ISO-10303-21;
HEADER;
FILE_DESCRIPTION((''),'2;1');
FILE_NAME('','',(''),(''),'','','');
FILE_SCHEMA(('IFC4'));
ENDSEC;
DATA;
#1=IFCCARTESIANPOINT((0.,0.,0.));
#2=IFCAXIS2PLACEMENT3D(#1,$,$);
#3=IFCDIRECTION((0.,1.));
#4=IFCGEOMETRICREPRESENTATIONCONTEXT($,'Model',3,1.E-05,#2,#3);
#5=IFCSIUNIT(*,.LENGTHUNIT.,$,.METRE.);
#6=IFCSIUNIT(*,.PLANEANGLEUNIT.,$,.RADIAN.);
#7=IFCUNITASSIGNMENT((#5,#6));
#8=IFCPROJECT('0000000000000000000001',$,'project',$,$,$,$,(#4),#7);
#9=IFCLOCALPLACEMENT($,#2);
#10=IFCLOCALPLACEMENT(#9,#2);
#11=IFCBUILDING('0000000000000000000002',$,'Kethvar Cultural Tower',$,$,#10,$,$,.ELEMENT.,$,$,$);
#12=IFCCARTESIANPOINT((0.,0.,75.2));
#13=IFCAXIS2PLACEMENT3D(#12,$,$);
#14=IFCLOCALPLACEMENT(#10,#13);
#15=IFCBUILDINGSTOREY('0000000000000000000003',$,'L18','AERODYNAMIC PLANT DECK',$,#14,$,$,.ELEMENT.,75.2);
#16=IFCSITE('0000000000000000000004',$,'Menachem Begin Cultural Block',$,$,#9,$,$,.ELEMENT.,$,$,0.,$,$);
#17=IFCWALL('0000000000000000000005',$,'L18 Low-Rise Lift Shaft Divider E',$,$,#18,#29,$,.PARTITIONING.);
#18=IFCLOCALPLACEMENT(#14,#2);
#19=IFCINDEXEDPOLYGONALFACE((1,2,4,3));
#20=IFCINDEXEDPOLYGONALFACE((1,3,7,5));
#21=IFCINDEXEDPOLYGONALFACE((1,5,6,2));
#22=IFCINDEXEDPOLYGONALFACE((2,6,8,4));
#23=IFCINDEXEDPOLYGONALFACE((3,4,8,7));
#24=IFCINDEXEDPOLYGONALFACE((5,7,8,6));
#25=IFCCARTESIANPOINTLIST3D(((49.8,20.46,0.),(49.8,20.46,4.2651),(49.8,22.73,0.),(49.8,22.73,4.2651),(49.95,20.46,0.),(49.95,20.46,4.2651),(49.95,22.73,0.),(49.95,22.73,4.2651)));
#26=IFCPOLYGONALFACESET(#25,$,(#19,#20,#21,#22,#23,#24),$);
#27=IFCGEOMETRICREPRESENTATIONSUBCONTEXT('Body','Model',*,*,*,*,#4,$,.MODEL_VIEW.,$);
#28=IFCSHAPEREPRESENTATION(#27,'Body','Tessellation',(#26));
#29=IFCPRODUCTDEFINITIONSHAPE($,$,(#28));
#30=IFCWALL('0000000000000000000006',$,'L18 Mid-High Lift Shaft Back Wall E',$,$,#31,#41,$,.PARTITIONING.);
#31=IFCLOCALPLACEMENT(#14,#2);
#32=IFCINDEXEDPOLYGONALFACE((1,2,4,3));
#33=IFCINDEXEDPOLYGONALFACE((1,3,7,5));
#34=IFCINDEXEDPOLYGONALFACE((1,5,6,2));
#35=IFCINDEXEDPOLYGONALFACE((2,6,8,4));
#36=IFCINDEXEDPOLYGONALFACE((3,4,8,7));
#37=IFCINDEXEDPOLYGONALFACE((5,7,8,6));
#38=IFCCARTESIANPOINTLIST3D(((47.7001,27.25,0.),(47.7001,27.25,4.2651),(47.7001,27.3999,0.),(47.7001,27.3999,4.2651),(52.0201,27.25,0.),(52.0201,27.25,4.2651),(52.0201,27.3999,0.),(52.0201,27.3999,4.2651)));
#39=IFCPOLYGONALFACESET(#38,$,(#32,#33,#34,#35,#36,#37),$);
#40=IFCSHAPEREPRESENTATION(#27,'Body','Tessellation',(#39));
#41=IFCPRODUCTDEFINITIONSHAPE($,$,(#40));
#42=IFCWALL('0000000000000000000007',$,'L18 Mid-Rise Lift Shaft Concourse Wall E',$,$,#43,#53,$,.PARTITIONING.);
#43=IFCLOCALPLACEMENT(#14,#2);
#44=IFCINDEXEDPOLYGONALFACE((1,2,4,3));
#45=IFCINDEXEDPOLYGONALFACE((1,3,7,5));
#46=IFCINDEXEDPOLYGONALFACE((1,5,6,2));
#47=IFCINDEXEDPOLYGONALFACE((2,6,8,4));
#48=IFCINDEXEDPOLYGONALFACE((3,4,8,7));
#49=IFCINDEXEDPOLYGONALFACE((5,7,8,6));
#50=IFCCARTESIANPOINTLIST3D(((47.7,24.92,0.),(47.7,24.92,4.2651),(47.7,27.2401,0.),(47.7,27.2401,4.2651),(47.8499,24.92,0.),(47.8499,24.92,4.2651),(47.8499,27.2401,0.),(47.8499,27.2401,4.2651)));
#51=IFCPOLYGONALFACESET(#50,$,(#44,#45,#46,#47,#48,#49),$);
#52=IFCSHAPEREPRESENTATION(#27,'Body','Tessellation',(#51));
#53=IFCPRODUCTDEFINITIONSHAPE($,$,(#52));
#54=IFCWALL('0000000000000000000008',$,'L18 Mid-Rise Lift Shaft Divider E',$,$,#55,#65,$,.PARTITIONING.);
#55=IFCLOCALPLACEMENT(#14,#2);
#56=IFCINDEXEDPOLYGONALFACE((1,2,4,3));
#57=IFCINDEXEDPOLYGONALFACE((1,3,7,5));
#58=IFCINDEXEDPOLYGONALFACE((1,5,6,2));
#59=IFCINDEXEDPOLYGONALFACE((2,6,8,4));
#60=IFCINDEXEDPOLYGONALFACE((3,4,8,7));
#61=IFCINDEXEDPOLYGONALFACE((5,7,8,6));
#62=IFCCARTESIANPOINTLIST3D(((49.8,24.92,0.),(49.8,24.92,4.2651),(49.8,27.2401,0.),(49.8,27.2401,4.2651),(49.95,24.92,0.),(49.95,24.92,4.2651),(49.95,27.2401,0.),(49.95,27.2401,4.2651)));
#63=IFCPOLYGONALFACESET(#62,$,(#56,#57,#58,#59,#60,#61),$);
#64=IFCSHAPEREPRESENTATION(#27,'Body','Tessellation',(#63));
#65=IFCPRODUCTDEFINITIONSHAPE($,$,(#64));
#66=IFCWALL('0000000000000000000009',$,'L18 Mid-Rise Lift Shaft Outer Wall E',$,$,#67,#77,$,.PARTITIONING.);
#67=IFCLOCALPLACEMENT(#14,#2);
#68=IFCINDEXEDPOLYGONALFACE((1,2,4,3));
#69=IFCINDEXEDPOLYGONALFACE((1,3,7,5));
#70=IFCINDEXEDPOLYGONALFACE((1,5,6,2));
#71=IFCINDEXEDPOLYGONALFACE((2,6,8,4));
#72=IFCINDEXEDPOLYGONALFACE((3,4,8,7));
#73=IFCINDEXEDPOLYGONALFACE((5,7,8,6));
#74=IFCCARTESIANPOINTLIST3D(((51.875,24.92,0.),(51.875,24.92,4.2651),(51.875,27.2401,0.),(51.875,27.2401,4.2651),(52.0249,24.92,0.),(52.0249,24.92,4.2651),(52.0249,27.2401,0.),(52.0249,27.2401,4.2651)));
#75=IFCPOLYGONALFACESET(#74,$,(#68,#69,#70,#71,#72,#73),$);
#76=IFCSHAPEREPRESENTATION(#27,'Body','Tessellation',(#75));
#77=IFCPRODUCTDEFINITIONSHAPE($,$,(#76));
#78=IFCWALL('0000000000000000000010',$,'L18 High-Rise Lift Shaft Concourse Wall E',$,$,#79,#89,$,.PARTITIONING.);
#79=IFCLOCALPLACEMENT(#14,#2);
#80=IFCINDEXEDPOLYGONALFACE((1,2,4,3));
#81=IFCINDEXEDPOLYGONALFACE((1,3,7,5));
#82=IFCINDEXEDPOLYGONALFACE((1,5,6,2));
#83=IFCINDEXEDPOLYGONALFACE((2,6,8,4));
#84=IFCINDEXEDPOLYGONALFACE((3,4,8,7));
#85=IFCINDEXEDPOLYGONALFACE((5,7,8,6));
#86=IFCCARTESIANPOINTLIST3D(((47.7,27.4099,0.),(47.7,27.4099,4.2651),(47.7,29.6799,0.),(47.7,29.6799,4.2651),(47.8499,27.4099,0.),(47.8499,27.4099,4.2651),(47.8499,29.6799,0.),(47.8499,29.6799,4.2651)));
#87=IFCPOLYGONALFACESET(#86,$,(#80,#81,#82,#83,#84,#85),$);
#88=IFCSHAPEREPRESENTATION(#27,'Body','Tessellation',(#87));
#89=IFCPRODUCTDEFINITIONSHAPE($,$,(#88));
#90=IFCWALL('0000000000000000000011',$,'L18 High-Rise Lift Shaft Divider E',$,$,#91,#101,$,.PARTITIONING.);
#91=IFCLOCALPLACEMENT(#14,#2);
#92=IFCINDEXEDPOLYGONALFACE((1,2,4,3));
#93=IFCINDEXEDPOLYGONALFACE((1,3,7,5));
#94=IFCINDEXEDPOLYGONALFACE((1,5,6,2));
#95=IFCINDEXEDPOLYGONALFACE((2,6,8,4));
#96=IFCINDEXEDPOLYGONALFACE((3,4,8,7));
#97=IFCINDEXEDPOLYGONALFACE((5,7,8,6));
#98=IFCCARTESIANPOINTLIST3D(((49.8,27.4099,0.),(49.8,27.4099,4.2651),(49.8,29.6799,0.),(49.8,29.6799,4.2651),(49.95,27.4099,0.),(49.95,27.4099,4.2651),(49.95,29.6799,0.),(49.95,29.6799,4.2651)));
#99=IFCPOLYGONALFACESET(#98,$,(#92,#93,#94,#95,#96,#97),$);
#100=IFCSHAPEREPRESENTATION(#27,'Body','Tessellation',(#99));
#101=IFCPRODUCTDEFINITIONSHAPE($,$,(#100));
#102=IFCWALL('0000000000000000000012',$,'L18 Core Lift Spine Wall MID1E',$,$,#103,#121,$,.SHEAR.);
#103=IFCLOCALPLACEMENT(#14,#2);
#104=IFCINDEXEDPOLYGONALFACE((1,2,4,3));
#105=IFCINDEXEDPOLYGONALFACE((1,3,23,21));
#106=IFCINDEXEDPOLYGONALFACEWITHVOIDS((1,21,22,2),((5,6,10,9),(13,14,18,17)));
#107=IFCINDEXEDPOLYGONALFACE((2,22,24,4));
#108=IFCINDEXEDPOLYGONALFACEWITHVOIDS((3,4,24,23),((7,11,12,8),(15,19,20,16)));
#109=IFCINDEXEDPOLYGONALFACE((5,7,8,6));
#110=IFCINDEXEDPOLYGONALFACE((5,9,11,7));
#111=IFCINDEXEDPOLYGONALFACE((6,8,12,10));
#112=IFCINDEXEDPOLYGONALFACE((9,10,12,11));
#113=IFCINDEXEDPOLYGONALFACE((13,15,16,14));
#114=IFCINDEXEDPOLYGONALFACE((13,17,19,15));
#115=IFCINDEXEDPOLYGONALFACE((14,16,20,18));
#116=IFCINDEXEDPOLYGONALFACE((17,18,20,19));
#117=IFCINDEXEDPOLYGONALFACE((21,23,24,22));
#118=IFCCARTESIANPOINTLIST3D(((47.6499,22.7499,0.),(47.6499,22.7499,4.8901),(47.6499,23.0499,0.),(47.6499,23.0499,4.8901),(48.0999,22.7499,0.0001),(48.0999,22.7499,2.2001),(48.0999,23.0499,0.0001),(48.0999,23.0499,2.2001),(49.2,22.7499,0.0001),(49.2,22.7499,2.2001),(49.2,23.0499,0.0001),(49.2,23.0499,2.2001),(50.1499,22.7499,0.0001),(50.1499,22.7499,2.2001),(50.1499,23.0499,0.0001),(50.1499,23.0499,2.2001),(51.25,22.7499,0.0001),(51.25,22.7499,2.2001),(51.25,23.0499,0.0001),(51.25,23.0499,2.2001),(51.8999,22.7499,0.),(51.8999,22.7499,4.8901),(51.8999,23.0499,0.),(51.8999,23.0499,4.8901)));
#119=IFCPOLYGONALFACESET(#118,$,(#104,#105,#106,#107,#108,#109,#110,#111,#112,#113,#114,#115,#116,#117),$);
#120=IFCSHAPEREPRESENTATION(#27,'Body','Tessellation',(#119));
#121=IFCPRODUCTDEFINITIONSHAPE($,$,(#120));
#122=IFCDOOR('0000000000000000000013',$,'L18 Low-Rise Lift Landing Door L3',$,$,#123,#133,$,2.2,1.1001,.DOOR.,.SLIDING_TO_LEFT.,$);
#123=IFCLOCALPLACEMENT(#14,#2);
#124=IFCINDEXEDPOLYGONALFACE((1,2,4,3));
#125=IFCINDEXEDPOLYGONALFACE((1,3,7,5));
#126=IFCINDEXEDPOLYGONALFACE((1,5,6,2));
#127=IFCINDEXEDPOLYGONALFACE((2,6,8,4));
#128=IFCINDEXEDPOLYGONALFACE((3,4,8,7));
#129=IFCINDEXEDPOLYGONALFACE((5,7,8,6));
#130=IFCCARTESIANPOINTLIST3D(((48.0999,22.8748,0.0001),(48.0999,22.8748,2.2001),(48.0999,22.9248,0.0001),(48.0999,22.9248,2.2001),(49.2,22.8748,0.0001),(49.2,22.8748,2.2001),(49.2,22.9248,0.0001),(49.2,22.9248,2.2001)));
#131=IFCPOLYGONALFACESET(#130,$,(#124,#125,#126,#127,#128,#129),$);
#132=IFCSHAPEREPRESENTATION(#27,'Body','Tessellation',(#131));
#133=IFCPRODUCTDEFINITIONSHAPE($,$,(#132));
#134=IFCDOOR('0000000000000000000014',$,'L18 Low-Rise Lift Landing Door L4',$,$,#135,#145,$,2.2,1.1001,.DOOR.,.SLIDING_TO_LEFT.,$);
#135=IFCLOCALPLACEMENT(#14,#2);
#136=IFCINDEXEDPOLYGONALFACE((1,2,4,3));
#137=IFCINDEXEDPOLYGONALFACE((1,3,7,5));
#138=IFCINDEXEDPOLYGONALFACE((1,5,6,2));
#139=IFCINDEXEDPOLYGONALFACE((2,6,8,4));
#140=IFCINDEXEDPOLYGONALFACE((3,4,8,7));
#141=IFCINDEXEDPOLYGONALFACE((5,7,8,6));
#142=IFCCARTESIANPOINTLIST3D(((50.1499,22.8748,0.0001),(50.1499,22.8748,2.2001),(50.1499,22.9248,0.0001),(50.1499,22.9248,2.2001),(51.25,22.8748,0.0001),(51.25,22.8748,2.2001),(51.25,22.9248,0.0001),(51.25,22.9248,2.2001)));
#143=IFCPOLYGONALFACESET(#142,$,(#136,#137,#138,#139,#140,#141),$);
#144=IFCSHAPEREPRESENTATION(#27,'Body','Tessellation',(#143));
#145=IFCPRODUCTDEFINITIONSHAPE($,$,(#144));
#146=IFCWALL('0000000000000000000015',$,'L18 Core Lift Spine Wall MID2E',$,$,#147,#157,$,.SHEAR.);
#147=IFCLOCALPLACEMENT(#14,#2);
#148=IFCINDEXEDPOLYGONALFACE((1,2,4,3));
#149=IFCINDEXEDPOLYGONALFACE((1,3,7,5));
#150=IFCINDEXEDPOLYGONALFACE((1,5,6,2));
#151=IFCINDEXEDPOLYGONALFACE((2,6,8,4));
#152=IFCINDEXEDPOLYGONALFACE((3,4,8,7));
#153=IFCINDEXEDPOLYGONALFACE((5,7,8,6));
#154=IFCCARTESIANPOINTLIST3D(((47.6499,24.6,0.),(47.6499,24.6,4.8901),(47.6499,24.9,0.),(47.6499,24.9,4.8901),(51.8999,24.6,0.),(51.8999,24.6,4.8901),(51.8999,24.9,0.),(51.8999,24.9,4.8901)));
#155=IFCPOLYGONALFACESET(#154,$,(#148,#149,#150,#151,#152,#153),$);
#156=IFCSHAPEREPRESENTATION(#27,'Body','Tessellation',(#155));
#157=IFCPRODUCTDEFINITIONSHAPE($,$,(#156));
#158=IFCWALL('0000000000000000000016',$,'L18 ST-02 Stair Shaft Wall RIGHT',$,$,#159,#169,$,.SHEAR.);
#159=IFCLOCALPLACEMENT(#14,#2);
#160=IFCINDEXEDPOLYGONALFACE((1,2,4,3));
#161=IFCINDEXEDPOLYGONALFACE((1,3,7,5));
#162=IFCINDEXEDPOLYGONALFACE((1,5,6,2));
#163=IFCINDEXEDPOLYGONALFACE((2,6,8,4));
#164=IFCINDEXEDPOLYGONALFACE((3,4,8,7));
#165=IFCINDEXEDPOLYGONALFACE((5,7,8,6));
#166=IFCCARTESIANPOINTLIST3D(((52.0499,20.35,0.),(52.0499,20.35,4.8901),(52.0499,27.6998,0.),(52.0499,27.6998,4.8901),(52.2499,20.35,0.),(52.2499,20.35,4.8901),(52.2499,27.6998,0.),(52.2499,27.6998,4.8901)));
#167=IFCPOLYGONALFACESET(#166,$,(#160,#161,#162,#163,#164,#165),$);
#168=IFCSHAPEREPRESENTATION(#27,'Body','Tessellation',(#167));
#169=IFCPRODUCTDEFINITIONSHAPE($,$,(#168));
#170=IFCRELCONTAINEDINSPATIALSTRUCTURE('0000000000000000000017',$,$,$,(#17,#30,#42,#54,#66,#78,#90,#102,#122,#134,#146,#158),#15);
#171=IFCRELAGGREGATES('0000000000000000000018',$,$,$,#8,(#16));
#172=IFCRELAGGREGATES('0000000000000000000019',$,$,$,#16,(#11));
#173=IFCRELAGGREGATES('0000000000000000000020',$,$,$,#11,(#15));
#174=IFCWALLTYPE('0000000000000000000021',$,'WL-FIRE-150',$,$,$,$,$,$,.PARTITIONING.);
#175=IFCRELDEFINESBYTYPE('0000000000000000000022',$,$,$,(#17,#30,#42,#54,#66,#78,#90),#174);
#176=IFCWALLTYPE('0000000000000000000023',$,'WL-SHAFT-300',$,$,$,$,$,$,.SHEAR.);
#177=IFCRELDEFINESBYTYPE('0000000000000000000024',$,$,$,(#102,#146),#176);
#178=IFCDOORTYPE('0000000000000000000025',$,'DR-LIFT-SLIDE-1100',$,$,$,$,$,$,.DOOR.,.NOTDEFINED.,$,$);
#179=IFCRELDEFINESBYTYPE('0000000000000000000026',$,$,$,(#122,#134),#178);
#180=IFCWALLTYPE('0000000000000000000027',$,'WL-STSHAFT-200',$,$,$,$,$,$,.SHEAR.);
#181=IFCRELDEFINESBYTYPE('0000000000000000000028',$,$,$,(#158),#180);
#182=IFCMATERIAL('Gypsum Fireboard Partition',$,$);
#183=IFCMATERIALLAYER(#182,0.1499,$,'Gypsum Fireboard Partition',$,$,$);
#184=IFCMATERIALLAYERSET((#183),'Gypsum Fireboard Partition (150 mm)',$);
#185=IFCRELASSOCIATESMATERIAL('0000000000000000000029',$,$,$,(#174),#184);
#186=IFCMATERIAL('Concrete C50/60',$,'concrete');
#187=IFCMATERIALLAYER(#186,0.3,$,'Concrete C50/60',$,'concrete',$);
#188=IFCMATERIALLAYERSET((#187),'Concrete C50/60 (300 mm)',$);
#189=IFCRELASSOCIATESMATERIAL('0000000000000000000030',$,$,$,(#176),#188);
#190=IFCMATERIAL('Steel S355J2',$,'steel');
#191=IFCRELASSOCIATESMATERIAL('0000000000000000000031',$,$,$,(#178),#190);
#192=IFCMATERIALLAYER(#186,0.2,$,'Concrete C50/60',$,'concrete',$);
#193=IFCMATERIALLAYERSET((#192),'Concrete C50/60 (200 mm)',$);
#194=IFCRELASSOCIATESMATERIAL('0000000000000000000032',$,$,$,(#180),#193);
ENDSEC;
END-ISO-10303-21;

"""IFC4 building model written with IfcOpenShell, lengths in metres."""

from ifc_helpers import new_model, si_unit, direction, frame, frame_2d, origin, place, context, subcontext, project, spatial, rectangle, extrude, source, transform, mapped, material, layer, layer_set, type_object, element, fill, save


model = new_model("IFC4")

# Units and contexts
model_context = context("Model", 3, precision=1e-05, world=origin(), true_north=direction((0.0, 1.0)))
body_context = subcontext(model_context, "Body", "Model", "MODEL_VIEW")
ifc_project = project(units=[si_unit("LENGTHUNIT", "METRE"), si_unit("PLANEANGLEUNIT", "RADIAN")], contexts=[model_context])

# Site, building, storey
site_placement = place(None, origin())
site = spatial("IfcSite", under=ifc_project, at=site_placement, Name="Menachem Begin Cultural Block", CompositionType="ELEMENT", RefElevation=0.0)
building_placement = place(site_placement, origin())
building = spatial("IfcBuilding", under=site, at=building_placement, Name="Kethvar Cultural Tower", CompositionType="ELEMENT")
storey_placement = place(building_placement, frame((0.0, 0.0, 75.2)))
storey = spatial("IfcBuildingStorey", under=building, at=storey_placement, Name="L18", Description="AERODYNAMIC PLANT DECK", CompositionType="ELEMENT", Elevation=75.2)

# Shared definitions
ifc_material_1 = material(Name="Steel S355J2", Category="steel")

# Walls
ifc_material_2 = material(Name="Gypsum Fireboard Partition")
ifc_layer_1 = layer(ifc_material_2, 0.1499, Name="Gypsum Fireboard Partition")
ifc_layer_set_1 = layer_set([ifc_layer_1], Name="Gypsum Fireboard Partition (150 mm)")
wall_type_1 = type_object("IfcWallType", Name="WL-FIRE-150", PredefinedType="PARTITIONING", material=ifc_layer_set_1)
wall_1_placement = place(storey_placement, frame((49.875, 20.46, 0.0), z_axis=(0.0, 0.0, 1.0), x_axis=(0.0, 1.0, 0.0)))
element("IfcWall", 1, at=wall_1_placement, inside=storey, type_object=wall_type_1, Name="L18 Low-Rise Lift Shaft Divider E", PredefinedType="PARTITIONING", context=body_context, shape_type="SweptSolid", body=[
    extrude(rectangle(XDim=2.27, YDim=0.1499, at=frame_2d((1.135, 0.0))), origin(), (0.0, 0.0, 1.0), 4.2651),
])
wall_2_placement = place(storey_placement, frame((47.7, 27.325, 0.0), z_axis=(0.0, 0.0, 1.0), x_axis=(1.0, 0.0, 0.0)))
element("IfcWall", 2, at=wall_2_placement, inside=storey, type_object=wall_type_1, Name="L18 Mid-High Lift Shaft Back Wall E", PredefinedType="PARTITIONING", context=body_context, shape_type="SweptSolid", body=[
    extrude(rectangle(XDim=4.3201, YDim=0.1499, at=frame_2d((2.1602, 0.0))), origin(), (0.0, 0.0, 1.0), 4.2651),
])
for number, where, z_axis, x_axis, name in (
    (3, (47.7749, 24.9199, 0.0), (0.0, 0.0, 1.0), (0.0, 1.0, 0.0), "L18 Mid-Rise Lift Shaft Concourse Wall E"),
    (4, (49.875, 24.9199, 0.0), (0.0, 0.0, 1.0), (0.0, 1.0, 0.0), "L18 Mid-Rise Lift Shaft Divider E"),
    (5, (51.95, 24.9199, 0.0), (0.0, 0.0, 1.0), (0.0, 1.0, 0.0), "L18 Mid-Rise Lift Shaft Outer Wall E"),
):
    element("IfcWall", number, at=place(storey_placement, frame(where, z_axis=z_axis, x_axis=x_axis)), inside=storey, type_object=wall_type_1, Name=name, PredefinedType="PARTITIONING", context=body_context, shape_type="SweptSolid", body=[
        extrude(rectangle(XDim=2.3201, YDim=0.1499, at=frame_2d((1.1602, 0.0))), origin(), (0.0, 0.0, 1.0), 4.2651),
    ])
for number, where, z_axis, x_axis, name in (
    (6, (47.7749, 27.4099, 0.0), (0.0, 0.0, 1.0), (0.0, 1.0, 0.0), "L18 High-Rise Lift Shaft Concourse Wall E"),
    (7, (49.875, 27.4099, 0.0), (0.0, 0.0, 1.0), (0.0, 1.0, 0.0), "L18 High-Rise Lift Shaft Divider E"),
):
    element("IfcWall", number, at=place(storey_placement, frame(where, z_axis=z_axis, x_axis=x_axis)), inside=storey, type_object=wall_type_1, Name=name, PredefinedType="PARTITIONING", context=body_context, shape_type="SweptSolid", body=[
        extrude(rectangle(XDim=2.27, YDim=0.1499, at=frame_2d((1.135, 0.0))), origin(), (0.0, 0.0, 1.0), 4.2651),
    ])

# Wall, openings, doors
ifc_material_3 = material(Name="Concrete C50/60", Category="concrete")
ifc_layer_2 = layer(ifc_material_3, 0.3, Name="Concrete C50/60", Category="concrete")
ifc_layer_set_2 = layer_set([ifc_layer_2], Name="Concrete C50/60 (300 mm)")
wall_type_2 = type_object("IfcWallType", Name="WL-SHAFT-300", PredefinedType="SHEAR", material=ifc_layer_set_2)
wall_3_placement = place(storey_placement, frame((47.6499, 22.8999, 0.0), z_axis=(0.0, 0.0, 1.0), x_axis=(1.0, 0.0, 0.0)))
wall_3 = element("IfcWall", 8, at=wall_3_placement, inside=storey, type_object=wall_type_2, Name="L18 Core Lift Spine Wall MID1E", PredefinedType="SHEAR", context=body_context, shape_type="SweptSolid", body=[
    extrude(rectangle(XDim=4.25, YDim=0.3, at=frame_2d((2.125, 0.0))), origin(), (0.0, 0.0, 1.0), 4.8901),
])
opening_1_placement = place(wall_3_placement, frame((0.45, 0.0, 0.0)))
opening_1 = element("IfcOpeningElement", 9, at=opening_1_placement, cuts=wall_3, PredefinedType="OPENING", context=body_context, shape_type="SweptSolid", body=[
    extrude(rectangle(XDim=1.1001, YDim=2.2, at=frame_2d((0.55, 1.1001))), frame((0.0, 0.1599, 0.0), z_axis=(0.0, -1.0, 0.0), x_axis=(1.0, 0.0, 0.0)), (0.0, 0.0, 1.0), 0.3201),
])
opening_2_placement = place(wall_3_placement, frame((2.5, 0.0, 0.0)))
opening_2 = element("IfcOpeningElement", 10, at=opening_2_placement, cuts=wall_3, PredefinedType="OPENING", context=body_context, shape_type="SweptSolid", body=[
    extrude(rectangle(XDim=1.1001, YDim=2.2, at=frame_2d((0.55, 1.1001))), frame((0.0, 0.1599, 0.0), z_axis=(0.0, -1.0, 0.0), x_axis=(1.0, 0.0, 0.0)), (0.0, 0.0, 1.0), 0.3201),
])
door_type = type_object("IfcDoorType", Name="DR-LIFT-SLIDE-1100", OperationType="NOTDEFINED", PredefinedType="DOOR", material=ifc_material_1)
shared_shape_1 = source(origin(), body_context, "Body", "SweptSolid", [
    extrude(rectangle(XDim=1.1001, YDim=2.2, at=frame_2d((0.55, 1.1001))), frame((0.0, 0.0249, 0.0), z_axis=(0.0, -1.0, 0.0), x_axis=(1.0, 0.0, 0.0)), (0.0, 0.0, 1.0), 0.05),
])
door_1_placement = place(opening_1_placement, origin())
door_1 = element("IfcDoor", 11, at=door_1_placement, inside=storey, type_object=door_type, Name="L18 Low-Rise Lift Landing Door L3", OperationType="SLIDING_TO_LEFT", OverallHeight=2.2, OverallWidth=1.1001, PredefinedType="DOOR", context=body_context, shape_type="MappedRepresentation", body=[
    mapped(shared_shape_1, transform((0.0, 0.0, 0.0), scale=1.0)),
])
fill(opening_1, door_1)
door_2_placement = place(opening_2_placement, origin())
door_2 = element("IfcDoor", 12, at=door_2_placement, inside=storey, type_object=door_type, Name="L18 Low-Rise Lift Landing Door L4", OperationType="SLIDING_TO_LEFT", OverallHeight=2.2, OverallWidth=1.1001, PredefinedType="DOOR", context=body_context, shape_type="MappedRepresentation", body=[
    mapped(shared_shape_1, transform((0.0, 0.0, 0.0), scale=1.0)),
])
fill(opening_2, door_2)

# Walls
wall_4_placement = place(storey_placement, frame((47.6499, 24.75, 0.0), z_axis=(0.0, 0.0, 1.0), x_axis=(1.0, 0.0, 0.0)))
element("IfcWall", 13, at=wall_4_placement, inside=storey, type_object=wall_type_2, Name="L18 Core Lift Spine Wall MID2E", PredefinedType="SHEAR", context=body_context, shape_type="SweptSolid", body=[
    extrude(rectangle(XDim=4.25, YDim=0.3, at=frame_2d((2.125, 0.0))), origin(), (0.0, 0.0, 1.0), 4.8901),
])
ifc_layer_3 = layer(ifc_material_3, 0.2, Name="Concrete C50/60", Category="concrete")
ifc_layer_set_3 = layer_set([ifc_layer_3], Name="Concrete C50/60 (200 mm)")
wall_type_3 = type_object("IfcWallType", Name="WL-STSHAFT-200", PredefinedType="SHEAR", material=ifc_layer_set_3)
wall_5_placement = place(storey_placement, frame((52.1499, 20.3501, 0.0), z_axis=(0.0, 0.0, 1.0), x_axis=(0.0, 1.0, 0.0)))
element("IfcWall", 14, at=wall_5_placement, inside=storey, type_object=wall_type_3, Name="L18 ST-02 Stair Shaft Wall RIGHT", PredefinedType="SHEAR", context=body_context, shape_type="SweptSolid", body=[
    extrude(rectangle(XDim=7.3499, YDim=0.2, at=frame_2d((3.6748, 0.0))), origin(), (0.0, 0.0, 1.0), 4.8901),
])

save(model, "model.ifc")
